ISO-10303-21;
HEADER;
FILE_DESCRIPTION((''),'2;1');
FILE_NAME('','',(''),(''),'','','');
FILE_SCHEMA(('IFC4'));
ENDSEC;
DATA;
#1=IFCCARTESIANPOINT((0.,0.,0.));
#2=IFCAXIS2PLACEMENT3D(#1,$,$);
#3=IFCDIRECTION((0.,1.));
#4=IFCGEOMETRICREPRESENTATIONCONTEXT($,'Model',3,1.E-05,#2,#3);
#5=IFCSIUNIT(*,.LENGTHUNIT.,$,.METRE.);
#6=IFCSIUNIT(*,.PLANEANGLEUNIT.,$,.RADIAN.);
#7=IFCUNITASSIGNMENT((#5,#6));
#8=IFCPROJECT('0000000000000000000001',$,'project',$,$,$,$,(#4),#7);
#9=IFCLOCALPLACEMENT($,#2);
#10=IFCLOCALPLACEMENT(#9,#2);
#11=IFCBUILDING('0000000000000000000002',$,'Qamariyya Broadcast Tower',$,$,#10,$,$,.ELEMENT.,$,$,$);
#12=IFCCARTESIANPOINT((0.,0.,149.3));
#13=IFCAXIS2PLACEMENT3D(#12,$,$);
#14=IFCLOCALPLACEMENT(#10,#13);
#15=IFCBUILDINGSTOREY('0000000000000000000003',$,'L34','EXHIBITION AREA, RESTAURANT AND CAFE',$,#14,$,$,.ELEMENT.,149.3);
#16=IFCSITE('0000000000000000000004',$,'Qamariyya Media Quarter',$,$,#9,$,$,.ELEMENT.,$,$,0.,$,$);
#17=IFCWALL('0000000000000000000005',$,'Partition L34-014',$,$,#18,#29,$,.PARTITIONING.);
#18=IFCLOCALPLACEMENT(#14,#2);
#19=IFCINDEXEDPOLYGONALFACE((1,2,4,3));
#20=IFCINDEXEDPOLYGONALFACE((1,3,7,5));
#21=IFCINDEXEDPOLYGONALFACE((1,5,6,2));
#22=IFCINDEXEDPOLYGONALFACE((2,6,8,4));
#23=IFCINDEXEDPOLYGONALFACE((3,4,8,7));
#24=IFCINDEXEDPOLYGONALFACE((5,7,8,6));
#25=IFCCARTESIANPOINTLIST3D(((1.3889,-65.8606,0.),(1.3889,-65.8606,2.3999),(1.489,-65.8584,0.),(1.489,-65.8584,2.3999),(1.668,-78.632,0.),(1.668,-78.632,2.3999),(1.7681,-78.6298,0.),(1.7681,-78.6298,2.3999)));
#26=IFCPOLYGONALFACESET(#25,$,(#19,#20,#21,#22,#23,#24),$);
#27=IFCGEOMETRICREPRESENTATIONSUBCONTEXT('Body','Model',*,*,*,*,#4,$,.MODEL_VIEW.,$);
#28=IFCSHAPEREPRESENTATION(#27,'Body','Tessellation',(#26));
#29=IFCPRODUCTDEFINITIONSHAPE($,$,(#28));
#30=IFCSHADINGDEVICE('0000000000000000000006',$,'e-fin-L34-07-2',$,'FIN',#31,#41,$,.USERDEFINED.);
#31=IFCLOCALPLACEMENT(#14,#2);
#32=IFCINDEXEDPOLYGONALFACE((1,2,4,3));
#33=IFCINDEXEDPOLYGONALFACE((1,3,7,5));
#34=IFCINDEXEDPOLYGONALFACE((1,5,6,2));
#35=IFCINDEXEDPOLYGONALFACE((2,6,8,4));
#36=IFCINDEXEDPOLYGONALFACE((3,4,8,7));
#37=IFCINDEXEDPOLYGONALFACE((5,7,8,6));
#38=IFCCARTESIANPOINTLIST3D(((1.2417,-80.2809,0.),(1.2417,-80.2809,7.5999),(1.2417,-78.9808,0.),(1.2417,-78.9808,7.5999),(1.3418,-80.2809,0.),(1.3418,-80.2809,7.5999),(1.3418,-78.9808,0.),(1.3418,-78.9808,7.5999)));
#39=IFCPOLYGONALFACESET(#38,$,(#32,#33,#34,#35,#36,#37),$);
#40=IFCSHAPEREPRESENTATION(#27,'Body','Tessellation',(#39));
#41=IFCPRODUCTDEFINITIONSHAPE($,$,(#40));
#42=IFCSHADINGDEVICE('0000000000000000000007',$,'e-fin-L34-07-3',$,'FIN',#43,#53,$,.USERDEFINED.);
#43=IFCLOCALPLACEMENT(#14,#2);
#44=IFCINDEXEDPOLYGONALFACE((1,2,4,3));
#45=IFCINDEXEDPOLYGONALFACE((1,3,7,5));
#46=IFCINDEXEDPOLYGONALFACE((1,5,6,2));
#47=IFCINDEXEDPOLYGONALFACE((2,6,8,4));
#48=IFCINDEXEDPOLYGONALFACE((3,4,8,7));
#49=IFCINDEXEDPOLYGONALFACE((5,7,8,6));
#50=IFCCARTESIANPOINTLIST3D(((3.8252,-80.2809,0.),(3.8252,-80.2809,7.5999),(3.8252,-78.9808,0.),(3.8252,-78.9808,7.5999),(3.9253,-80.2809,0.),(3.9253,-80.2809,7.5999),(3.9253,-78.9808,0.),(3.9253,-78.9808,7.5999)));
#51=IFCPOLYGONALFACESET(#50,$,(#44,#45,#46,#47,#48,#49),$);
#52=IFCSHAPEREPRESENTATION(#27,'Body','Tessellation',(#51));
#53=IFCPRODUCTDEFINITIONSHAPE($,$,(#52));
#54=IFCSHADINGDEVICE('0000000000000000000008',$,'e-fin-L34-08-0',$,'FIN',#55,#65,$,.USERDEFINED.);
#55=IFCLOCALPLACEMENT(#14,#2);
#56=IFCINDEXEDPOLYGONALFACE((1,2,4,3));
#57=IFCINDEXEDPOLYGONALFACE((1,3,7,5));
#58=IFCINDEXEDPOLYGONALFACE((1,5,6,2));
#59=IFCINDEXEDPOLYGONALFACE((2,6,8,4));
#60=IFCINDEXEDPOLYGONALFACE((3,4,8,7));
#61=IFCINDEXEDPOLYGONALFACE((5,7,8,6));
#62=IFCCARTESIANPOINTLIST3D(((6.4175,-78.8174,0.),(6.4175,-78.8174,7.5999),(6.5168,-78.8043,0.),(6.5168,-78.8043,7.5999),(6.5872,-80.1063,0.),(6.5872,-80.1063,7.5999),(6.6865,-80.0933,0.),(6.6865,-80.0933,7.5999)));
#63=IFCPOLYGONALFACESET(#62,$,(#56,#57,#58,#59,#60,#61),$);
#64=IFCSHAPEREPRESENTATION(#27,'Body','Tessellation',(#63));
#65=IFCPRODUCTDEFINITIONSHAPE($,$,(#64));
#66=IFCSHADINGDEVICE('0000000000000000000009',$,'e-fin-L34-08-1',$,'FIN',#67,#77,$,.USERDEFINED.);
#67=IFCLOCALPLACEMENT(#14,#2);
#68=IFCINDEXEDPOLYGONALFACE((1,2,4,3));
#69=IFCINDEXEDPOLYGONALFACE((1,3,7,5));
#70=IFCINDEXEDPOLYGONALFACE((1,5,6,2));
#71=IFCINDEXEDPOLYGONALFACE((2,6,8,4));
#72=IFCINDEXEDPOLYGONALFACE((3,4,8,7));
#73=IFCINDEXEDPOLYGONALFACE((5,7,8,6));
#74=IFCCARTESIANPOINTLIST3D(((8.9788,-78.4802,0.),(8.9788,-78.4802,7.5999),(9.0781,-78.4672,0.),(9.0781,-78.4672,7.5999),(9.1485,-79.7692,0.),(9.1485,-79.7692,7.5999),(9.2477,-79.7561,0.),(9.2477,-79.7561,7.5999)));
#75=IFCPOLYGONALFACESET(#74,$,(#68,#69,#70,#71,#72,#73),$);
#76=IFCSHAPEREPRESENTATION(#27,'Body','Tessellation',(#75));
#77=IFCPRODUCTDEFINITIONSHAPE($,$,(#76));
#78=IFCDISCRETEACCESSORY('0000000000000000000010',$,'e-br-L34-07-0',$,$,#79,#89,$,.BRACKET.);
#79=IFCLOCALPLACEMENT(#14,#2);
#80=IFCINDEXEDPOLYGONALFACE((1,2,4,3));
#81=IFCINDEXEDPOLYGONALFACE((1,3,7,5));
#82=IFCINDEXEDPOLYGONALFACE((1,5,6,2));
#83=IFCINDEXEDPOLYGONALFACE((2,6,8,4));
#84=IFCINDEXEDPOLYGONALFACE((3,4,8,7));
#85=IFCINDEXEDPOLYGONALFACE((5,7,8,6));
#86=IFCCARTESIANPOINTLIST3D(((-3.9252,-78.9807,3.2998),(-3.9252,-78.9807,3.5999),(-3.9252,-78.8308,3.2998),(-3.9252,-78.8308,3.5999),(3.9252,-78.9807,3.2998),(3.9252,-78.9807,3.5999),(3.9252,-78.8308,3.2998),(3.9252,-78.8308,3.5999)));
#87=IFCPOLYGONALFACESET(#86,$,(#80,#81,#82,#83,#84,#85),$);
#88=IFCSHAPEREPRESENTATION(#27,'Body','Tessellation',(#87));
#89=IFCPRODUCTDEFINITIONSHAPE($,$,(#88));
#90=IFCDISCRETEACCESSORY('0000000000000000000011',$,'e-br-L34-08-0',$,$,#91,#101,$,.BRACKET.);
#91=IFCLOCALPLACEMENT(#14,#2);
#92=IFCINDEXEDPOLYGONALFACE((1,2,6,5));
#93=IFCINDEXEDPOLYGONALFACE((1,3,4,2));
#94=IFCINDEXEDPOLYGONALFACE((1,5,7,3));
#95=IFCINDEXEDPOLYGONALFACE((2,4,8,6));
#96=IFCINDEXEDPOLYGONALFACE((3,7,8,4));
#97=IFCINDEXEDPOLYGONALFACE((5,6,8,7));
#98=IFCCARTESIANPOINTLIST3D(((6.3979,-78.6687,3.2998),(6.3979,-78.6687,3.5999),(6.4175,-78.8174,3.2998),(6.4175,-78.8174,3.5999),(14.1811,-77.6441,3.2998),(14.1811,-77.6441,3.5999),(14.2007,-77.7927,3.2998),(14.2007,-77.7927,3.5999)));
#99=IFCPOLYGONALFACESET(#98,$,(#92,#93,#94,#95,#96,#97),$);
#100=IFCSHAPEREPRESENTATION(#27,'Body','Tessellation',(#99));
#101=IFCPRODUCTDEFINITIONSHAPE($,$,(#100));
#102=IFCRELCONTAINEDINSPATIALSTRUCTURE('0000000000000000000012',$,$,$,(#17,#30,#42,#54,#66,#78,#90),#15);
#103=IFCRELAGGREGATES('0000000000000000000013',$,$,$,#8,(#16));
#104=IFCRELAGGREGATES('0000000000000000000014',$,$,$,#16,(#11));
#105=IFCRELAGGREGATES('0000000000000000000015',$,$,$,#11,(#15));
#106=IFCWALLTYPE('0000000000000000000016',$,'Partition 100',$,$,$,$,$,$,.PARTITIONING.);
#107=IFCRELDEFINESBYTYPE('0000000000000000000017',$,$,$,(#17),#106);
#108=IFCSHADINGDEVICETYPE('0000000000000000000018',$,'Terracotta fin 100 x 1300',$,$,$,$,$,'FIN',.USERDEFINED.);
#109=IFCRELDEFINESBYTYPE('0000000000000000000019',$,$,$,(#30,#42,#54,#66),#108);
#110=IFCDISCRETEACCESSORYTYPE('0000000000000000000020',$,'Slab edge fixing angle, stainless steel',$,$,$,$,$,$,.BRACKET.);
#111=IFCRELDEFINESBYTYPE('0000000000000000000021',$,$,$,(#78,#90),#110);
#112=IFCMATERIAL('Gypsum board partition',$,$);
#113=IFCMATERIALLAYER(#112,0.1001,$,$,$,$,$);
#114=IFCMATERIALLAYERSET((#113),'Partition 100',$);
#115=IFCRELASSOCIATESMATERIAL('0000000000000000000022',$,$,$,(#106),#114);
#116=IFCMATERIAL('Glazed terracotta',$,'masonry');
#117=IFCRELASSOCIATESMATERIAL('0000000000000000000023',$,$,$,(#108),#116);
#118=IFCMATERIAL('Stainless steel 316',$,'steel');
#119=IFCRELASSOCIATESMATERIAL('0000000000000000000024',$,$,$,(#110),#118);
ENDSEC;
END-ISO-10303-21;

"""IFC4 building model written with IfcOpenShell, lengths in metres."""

from ifc_helpers import new_model, si_unit, direction, frame, frame_2d, origin, origin_2d, place, context, subcontext, project, spatial, rectangle, extrude, material, layer, layer_set, material_profile, profile_set, type_object, element, save


model = new_model("IFC4")

# Units and contexts
model_context = context("Model", 3, precision=1e-05, world=origin(), true_north=direction((0.0, 1.0)))
body_context = subcontext(model_context, "Body", "Model", "MODEL_VIEW")
ifc_project = project(units=[si_unit("LENGTHUNIT", "METRE"), si_unit("PLANEANGLEUNIT", "RADIAN")], contexts=[model_context])

# Site, building, storey
site_placement = place(None, origin())
site = spatial("IfcSite", under=ifc_project, at=site_placement, Name="Qamariyya Media Quarter", CompositionType="ELEMENT", RefElevation=0.0)
building_placement = place(site_placement, origin())
building = spatial("IfcBuilding", under=site, at=building_placement, Name="Qamariyya Broadcast Tower", CompositionType="ELEMENT")
storey_placement = place(building_placement, frame((0.0, 0.0, 149.3)))
storey = spatial("IfcBuildingStorey", under=building, at=storey_placement, Name="L34", Description="EXHIBITION AREA, RESTAURANT AND CAFE", CompositionType="ELEMENT", Elevation=149.3)

# Shared definitions
ifc_material_1 = material(Name="Gypsum board partition")

# Wall
ifc_layer_1 = layer(ifc_material_1, 0.1001)
ifc_layer_set_1 = layer_set([ifc_layer_1], Name="Partition 100")
wall_type_1 = type_object("IfcWallType", Name="Partition 100", PredefinedType="PARTITIONING", material=ifc_layer_set_1)
wall_1_placement = place(storey_placement, frame((1.718, -78.6309, 0.0), z_axis=(0.0, 0.0, 1.0), x_axis=(-0.021844, 0.999761, 0.0)))
element("IfcWall", 1, at=wall_1_placement, inside=storey, type_object=wall_type_1, Name="Partition L34-014", PredefinedType="PARTITIONING", context=body_context, shape_type="SweptSolid", body=[
    extrude(rectangle(XDim=12.7744, YDim=0.1001, at=frame_2d((6.3872, 0.0))), origin(), (0.0, 0.0, 1.0), 2.3999),
])

# Shading devices
ifc_material_2 = material(Name="Glazed terracotta", Category="masonry")
ifc_material_profile_1 = material_profile(ifc_material_2, rectangle(XDim=1.3, YDim=0.1001, at=origin_2d()))
ifc_profile_set_1 = profile_set([ifc_material_profile_1], Name="Glazed terracotta")
shading_device_type_1 = type_object("IfcShadingDeviceType", Name="Terracotta fin 100 x 1300", ElementType="FIN", PredefinedType="USERDEFINED", material=ifc_profile_set_1)
for number, where, z_axis, x_axis, name in (
    (2, (1.2917, -79.6309, 0.0), (0.0, 0.0, 1.0), (0.0, -1.0, 0.0), "e-fin-L34-07-2"),
    (3, (3.8752, -79.6309, 0.0), (0.0, 0.0, 1.0), (0.0, -1.0, 0.0), "e-fin-L34-07-3"),
    (4, (6.552, -79.4553, 0.0), (0.0, 0.0, 1.0), (0.130526, -0.991445, 0.0), "e-fin-L34-08-0"),
    (5, (9.1133, -79.1182, 0.0), (0.0, 0.0, 1.0), (0.130526, -0.991445, 0.0), "e-fin-L34-08-1"),
):
    element("IfcShadingDevice", number, at=place(storey_placement, frame(where, z_axis=z_axis, x_axis=x_axis)), inside=storey, type_object=shading_device_type_1, Name=name, ObjectType="FIN", PredefinedType="USERDEFINED", context=body_context, shape_type="SweptSolid", body=[
        extrude(rectangle(XDim=1.3, YDim=0.1001, at=origin_2d()), origin(), (0.0, 0.0, 1.0), 7.5999),
    ])

# Discrete accessories
ifc_material_3 = material(Name="Stainless steel 316", Category="steel")
discrete_accessory_type = type_object("IfcDiscreteAccessoryType", Name="Slab edge fixing angle, stainless steel", PredefinedType="BRACKET", material=ifc_material_3)
for number, where, z_axis, x_axis, name in (
    (6, (0.0, -78.9058, 3.2998), (0.0, 0.0, 1.0), (1.0, 0.0, 0.0), "e-br-L34-07-0"),
    (7, (10.2993, -78.2307, 3.2998), (0.0, 0.0, 1.0), (0.991445, 0.130526, 0.0), "e-br-L34-08-0"),
):
    element("IfcDiscreteAccessory", number, at=place(storey_placement, frame(where, z_axis=z_axis, x_axis=x_axis)), inside=storey, type_object=discrete_accessory_type, Name=name, PredefinedType="BRACKET", context=body_context, shape_type="SweptSolid", body=[
        extrude(rectangle(XDim=7.8503, YDim=0.1499, at=origin_2d()), origin(), (0.0, 0.0, 1.0), 0.3),
    ])

save(model, "model.ifc")
